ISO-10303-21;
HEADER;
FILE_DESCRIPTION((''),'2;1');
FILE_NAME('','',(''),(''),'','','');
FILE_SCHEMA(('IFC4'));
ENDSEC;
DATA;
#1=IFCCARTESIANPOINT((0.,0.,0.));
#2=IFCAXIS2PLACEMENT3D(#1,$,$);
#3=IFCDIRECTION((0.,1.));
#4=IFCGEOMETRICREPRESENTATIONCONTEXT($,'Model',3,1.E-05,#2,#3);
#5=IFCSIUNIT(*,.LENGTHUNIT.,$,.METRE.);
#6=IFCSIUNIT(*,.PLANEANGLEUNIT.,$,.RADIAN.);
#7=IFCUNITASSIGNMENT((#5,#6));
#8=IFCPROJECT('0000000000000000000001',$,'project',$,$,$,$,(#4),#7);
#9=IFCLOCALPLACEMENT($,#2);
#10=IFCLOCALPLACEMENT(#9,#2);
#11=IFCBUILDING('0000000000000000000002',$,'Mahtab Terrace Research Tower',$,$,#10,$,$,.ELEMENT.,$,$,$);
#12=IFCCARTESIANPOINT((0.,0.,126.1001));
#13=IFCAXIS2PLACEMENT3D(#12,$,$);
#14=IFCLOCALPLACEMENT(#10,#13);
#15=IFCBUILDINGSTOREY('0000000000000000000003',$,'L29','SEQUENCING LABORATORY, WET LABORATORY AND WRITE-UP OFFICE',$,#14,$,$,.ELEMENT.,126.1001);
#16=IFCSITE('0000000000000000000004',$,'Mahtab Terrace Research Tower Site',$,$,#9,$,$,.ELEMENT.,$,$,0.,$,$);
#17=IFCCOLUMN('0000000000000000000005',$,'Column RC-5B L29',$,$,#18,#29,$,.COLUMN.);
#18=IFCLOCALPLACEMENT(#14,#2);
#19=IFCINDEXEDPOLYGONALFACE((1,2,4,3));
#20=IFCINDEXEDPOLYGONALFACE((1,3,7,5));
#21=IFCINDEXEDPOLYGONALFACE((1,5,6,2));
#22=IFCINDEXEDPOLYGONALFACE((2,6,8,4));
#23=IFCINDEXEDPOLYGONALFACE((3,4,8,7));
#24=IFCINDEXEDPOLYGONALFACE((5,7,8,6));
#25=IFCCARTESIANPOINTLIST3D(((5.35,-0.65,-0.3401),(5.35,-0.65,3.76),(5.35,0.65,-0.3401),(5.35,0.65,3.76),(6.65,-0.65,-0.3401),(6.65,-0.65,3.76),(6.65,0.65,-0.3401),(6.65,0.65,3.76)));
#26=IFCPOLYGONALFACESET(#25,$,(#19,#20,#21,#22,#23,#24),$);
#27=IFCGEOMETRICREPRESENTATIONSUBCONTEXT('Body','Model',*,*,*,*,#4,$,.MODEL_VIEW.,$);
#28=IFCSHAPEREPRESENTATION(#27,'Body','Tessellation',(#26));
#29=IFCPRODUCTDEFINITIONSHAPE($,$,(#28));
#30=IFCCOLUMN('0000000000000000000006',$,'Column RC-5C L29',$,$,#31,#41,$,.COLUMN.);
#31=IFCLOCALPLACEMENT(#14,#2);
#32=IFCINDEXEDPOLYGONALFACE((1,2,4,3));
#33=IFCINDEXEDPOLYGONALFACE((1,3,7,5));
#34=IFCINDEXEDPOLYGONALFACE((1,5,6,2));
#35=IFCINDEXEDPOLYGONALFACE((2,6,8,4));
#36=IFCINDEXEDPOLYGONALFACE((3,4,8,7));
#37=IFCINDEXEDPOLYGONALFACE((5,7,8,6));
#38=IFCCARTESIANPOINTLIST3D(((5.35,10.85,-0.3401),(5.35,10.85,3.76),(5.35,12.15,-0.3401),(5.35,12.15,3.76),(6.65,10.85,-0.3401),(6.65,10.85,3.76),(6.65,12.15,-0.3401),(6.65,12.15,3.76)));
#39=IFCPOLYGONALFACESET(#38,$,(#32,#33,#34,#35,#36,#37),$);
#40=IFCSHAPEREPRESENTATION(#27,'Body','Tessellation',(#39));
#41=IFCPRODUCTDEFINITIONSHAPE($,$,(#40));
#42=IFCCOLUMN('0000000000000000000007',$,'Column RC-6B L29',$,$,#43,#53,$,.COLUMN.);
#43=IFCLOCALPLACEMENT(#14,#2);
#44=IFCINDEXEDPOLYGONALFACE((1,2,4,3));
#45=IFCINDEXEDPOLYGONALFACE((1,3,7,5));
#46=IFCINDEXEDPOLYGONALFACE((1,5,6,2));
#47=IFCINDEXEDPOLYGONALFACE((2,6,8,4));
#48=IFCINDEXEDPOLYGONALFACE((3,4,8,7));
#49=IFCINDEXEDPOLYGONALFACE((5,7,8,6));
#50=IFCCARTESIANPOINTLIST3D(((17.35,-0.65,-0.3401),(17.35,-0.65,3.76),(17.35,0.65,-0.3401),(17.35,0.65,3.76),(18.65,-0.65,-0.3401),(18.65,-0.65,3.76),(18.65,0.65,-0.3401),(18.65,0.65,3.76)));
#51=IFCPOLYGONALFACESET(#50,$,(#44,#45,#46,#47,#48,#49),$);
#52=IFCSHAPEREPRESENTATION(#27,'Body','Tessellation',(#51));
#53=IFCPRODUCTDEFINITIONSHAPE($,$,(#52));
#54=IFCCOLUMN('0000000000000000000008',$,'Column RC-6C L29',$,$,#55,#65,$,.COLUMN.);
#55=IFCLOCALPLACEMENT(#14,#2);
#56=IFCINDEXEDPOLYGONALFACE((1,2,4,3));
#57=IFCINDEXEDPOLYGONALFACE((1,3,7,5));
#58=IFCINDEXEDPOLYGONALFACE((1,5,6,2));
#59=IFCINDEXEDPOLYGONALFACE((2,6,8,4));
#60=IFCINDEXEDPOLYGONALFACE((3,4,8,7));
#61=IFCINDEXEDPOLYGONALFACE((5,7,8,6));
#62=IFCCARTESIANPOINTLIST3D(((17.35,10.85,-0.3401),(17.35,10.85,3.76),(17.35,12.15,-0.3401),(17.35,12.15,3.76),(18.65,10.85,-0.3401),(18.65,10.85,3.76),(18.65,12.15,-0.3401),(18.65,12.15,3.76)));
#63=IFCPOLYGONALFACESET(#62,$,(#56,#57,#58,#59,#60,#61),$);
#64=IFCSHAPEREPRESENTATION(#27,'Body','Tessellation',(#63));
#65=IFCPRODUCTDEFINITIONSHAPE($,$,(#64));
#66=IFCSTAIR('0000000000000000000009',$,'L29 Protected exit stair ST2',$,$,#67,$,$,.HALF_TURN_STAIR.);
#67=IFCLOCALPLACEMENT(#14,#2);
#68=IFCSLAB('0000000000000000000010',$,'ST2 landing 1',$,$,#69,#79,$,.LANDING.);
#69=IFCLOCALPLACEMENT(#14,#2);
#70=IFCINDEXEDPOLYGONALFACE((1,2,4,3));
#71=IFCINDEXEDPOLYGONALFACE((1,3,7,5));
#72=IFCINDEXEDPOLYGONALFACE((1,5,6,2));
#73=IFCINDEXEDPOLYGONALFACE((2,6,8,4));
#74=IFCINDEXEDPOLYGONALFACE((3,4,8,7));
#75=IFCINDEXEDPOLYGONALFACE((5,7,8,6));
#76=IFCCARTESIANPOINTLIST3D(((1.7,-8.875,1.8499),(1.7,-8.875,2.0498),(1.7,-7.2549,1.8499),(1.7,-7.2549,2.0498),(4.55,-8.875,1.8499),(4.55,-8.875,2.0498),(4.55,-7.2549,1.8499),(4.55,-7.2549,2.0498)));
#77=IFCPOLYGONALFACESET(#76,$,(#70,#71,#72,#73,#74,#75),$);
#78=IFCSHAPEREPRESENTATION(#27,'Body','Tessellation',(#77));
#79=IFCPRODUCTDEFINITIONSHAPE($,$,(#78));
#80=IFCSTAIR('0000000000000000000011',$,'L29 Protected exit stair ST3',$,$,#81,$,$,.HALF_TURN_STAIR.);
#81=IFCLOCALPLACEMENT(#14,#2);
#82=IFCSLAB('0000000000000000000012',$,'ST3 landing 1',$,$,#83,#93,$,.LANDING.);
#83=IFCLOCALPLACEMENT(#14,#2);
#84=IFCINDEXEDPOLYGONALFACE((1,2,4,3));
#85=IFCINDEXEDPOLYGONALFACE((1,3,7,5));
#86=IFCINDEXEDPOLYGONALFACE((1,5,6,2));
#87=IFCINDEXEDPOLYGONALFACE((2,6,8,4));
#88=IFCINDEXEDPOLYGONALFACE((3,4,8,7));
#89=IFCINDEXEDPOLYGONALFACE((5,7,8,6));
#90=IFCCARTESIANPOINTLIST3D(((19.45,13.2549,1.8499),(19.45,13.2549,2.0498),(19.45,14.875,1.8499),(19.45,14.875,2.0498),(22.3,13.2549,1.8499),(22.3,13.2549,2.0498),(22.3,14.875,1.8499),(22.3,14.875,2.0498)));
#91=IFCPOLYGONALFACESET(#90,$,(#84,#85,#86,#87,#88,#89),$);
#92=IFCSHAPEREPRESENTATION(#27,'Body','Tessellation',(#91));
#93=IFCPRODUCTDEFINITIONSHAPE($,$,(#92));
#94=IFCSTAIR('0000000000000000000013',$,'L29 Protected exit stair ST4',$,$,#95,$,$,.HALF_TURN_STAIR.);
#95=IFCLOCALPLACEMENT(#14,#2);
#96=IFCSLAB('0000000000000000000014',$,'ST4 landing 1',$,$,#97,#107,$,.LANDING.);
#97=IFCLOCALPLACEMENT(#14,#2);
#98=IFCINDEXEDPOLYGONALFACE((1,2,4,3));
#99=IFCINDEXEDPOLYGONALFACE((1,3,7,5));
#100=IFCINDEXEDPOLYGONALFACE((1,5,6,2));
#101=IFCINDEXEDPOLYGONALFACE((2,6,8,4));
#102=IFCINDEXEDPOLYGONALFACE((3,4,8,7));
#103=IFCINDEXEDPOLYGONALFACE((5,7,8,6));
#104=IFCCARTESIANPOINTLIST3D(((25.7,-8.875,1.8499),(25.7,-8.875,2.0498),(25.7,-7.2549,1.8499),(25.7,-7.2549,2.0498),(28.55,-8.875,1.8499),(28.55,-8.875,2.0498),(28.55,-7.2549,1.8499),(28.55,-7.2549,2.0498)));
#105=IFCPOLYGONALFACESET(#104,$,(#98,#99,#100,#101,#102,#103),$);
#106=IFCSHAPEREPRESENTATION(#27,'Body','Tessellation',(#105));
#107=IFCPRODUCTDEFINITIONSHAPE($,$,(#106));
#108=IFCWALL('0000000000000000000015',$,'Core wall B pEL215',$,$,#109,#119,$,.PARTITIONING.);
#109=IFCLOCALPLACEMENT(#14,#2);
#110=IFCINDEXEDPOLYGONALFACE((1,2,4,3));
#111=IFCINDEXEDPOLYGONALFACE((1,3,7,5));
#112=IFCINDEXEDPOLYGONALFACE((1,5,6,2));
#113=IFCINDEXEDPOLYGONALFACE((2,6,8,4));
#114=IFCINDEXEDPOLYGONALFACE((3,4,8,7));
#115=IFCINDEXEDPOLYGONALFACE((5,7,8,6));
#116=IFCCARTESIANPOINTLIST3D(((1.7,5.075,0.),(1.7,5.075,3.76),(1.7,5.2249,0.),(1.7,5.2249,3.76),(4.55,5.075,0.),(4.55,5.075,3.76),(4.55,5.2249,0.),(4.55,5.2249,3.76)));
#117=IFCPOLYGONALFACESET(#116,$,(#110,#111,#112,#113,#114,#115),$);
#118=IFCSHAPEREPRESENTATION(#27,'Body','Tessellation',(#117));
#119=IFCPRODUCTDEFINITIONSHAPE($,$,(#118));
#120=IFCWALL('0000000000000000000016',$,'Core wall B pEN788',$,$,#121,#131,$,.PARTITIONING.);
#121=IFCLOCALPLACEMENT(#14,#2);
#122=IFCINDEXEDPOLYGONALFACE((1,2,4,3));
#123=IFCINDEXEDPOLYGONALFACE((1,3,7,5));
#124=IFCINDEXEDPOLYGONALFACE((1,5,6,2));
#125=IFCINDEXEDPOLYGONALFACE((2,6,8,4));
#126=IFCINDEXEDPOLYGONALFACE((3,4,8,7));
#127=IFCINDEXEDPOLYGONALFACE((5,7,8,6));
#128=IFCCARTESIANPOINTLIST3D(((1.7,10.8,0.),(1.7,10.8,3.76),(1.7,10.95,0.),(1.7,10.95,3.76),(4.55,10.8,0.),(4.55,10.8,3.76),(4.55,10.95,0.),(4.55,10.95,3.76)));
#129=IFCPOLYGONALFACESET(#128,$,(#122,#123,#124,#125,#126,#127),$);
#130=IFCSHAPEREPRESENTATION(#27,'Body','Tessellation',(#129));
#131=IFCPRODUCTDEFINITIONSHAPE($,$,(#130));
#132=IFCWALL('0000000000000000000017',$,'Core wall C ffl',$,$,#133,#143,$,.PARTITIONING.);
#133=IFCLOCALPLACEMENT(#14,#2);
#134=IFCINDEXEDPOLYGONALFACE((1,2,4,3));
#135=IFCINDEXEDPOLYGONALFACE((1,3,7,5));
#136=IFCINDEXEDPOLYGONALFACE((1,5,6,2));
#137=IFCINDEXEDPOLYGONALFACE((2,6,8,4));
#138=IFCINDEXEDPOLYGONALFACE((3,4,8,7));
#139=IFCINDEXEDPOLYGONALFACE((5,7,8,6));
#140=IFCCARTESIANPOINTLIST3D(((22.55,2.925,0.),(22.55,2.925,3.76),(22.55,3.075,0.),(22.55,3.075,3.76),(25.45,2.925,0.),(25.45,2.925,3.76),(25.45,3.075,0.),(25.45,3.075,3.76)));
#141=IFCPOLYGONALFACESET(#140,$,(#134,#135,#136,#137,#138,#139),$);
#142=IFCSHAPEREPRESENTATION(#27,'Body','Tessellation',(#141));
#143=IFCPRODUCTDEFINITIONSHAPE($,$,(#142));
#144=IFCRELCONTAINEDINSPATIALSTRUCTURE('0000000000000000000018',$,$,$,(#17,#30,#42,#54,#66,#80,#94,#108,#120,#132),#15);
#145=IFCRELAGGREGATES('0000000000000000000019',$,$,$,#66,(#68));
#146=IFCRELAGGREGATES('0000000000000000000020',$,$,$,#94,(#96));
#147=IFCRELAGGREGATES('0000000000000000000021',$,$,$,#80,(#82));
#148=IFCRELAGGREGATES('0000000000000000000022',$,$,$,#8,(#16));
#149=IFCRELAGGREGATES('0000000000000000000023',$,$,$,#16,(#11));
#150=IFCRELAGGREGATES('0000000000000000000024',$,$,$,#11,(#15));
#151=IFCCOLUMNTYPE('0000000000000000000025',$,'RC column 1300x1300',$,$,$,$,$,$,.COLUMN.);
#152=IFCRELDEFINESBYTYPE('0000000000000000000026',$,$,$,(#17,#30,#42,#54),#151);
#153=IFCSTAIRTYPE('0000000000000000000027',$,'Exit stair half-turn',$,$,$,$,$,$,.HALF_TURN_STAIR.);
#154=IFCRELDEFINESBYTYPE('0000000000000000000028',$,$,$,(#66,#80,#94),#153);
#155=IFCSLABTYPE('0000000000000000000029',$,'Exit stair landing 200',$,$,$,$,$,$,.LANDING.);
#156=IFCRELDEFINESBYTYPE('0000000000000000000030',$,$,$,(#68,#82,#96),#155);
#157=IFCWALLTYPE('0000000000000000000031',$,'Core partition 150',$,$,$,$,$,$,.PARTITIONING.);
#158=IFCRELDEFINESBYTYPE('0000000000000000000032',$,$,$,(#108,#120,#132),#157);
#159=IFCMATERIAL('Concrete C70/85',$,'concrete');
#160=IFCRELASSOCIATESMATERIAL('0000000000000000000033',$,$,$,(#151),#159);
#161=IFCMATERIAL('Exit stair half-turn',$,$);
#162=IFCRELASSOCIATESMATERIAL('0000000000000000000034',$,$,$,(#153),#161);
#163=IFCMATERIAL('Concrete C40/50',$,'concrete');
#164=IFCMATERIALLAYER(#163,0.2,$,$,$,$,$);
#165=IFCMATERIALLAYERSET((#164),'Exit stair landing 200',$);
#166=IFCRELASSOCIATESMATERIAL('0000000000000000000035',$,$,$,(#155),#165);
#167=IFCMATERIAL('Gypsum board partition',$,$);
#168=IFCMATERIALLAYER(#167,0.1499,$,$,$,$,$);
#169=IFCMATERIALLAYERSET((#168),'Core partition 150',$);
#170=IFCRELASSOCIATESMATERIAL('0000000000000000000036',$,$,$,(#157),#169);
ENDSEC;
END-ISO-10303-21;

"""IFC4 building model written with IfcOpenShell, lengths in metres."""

from ifc_helpers import new_model, si_unit, direction, frame, frame_2d, origin, origin_2d, place, context, subcontext, project, spatial, polyline, rectangle, outline, extrude, material, layer, layer_set, material_profile, profile_set, type_object, element, aggregate, save


model = new_model("IFC4")

# Units and contexts
model_context = context("Model", 3, precision=1e-05, world=origin(), true_north=direction((0.0, 1.0)))
body_context = subcontext(model_context, "Body", "Model", "MODEL_VIEW")
ifc_project = project(units=[si_unit("LENGTHUNIT", "METRE"), si_unit("PLANEANGLEUNIT", "RADIAN")], contexts=[model_context])

# Site, building, storey
site_placement = place(None, origin())
site = spatial("IfcSite", under=ifc_project, at=site_placement, Name="Mahtab Terrace Research Tower Site", CompositionType="ELEMENT", RefElevation=0.0)
building_placement = place(site_placement, origin())
building = spatial("IfcBuilding", under=site, at=building_placement, Name="Mahtab Terrace Research Tower", CompositionType="ELEMENT")
storey_placement = place(building_placement, frame((0.0, 0.0, 126.1001)))
storey = spatial("IfcBuildingStorey", under=building, at=storey_placement, Name="L29", Description="SEQUENCING LABORATORY, WET LABORATORY AND WRITE-UP OFFICE", CompositionType="ELEMENT", Elevation=126.1001)

# Columns
ifc_material_1 = material(Name="Concrete C70/85", Category="concrete")
ifc_material_profile = material_profile(ifc_material_1, rectangle(XDim=1.3, YDim=1.3, at=origin_2d()), Name="RC column 1300x1300")
ifc_profile_set = profile_set([ifc_material_profile], Name="Concrete C70/85")
column_type = type_object("IfcColumnType", Name="RC column 1300x1300", PredefinedType="COLUMN", material=ifc_profile_set)
for number, where, z_axis, x_axis, name in (
    (1, (6.0, 0.0, -0.3401), (0.0, 0.0, 1.0), (1.0, 0.0, 0.0), "Column RC-5B L29"),
    (2, (6.0, 11.5, -0.3401), (0.0, 0.0, 1.0), (1.0, 0.0, 0.0), "Column RC-5C L29"),
    (3, (18.0, 0.0, -0.3401), (0.0, 0.0, 1.0), (1.0, 0.0, 0.0), "Column RC-6B L29"),
    (4, (18.0, 11.5, -0.3401), (0.0, 0.0, 1.0), (1.0, 0.0, 0.0), "Column RC-6C L29"),
):
    element("IfcColumn", number, at=place(storey_placement, frame(where, z_axis=z_axis, x_axis=x_axis)), inside=storey, type_object=column_type, Name=name, PredefinedType="COLUMN", context=body_context, shape_type="SweptSolid", body=[
        extrude(rectangle(XDim=1.3, YDim=1.3, at=origin_2d()), origin(), (0.0, 0.0, 1.0), 4.1001),
    ])

# Stairs, slabs
ifc_material_2 = material(Name="Exit stair half-turn")
stair_type = type_object("IfcStairType", Name="Exit stair half-turn", PredefinedType="HALF_TURN_STAIR", material=ifc_material_2)
stair_1_placement = place(storey_placement, origin())
stair_1 = element("IfcStair", 5, at=stair_1_placement, inside=storey, type_object=stair_type, Name="L29 Protected exit stair ST2", PredefinedType="HALF_TURN_STAIR")
ifc_material_3 = material(Name="Concrete C40/50", Category="concrete")
ifc_layer_1 = layer(ifc_material_3, 0.2)
ifc_layer_set_1 = layer_set([ifc_layer_1], Name="Exit stair landing 200")
slab_type = type_object("IfcSlabType", Name="Exit stair landing 200", PredefinedType="LANDING", material=ifc_layer_set_1)
slab_1_placement = place(storey_placement, frame((0.0, 0.0, 1.8499)))
slab_1 = element("IfcSlab", 6, at=slab_1_placement, type_object=slab_type, Name="ST2 landing 1", PredefinedType="LANDING", context=body_context, shape_type="SweptSolid", body=[
    extrude(outline(polyline([(1.7, -7.2549), (1.7, -8.875), (4.55, -8.875), (4.55, -7.2549), (1.7, -7.2549)])), origin(), (0.0, 0.0, 1.0), 0.2),
])
aggregate(stair_1, [slab_1])
stair_2_placement = place(storey_placement, origin())
stair_2 = element("IfcStair", 7, at=stair_2_placement, inside=storey, type_object=stair_type, Name="L29 Protected exit stair ST3", PredefinedType="HALF_TURN_STAIR")
slab_2_placement = place(storey_placement, frame((0.0, 0.0, 1.8499)))
slab_2 = element("IfcSlab", 8, at=slab_2_placement, type_object=slab_type, Name="ST3 landing 1", PredefinedType="LANDING", context=body_context, shape_type="SweptSolid", body=[
    extrude(outline(polyline([(22.3, 13.2549), (22.3, 14.875), (19.45, 14.875), (19.45, 13.2549), (22.3, 13.2549)])), origin(), (0.0, 0.0, 1.0), 0.2),
])
stair_3_placement = place(storey_placement, origin())
stair_3 = element("IfcStair", 9, at=stair_3_placement, inside=storey, type_object=stair_type, Name="L29 Protected exit stair ST4", PredefinedType="HALF_TURN_STAIR")
slab_3_placement = place(storey_placement, frame((0.0, 0.0, 1.8499)))
slab_3 = element("IfcSlab", 10, at=slab_3_placement, type_object=slab_type, Name="ST4 landing 1", PredefinedType="LANDING", context=body_context, shape_type="SweptSolid", body=[
    extrude(outline(polyline([(25.7, -7.2549), (25.7, -8.875), (28.55, -8.875), (28.55, -7.2549), (25.7, -7.2549)])), origin(), (0.0, 0.0, 1.0), 0.2),
])
aggregate(stair_3, [slab_3])

# Walls
ifc_material_4 = material(Name="Gypsum board partition")
ifc_layer_2 = layer(ifc_material_4, 0.1499)
ifc_layer_set_2 = layer_set([ifc_layer_2], Name="Core partition 150")
wall_type_1 = type_object("IfcWallType", Name="Core partition 150", PredefinedType="PARTITIONING", material=ifc_layer_set_2)
for number, where, z_axis, x_axis, name in (
    (11, (1.7, 5.1499, 0.0), (0.0, 0.0, 1.0), (1.0, 0.0, 0.0), "Core wall B pEL215"),
    (12, (1.7, 10.875, 0.0), (0.0, 0.0, 1.0), (1.0, 0.0, 0.0), "Core wall B pEN788"),
):
    element("IfcWall", number, at=place(storey_placement, frame(where, z_axis=z_axis, x_axis=x_axis)), inside=storey, type_object=wall_type_1, Name=name, PredefinedType="PARTITIONING", context=body_context, shape_type="SweptSolid", body=[
        extrude(rectangle(XDim=2.8501, YDim=0.1499, at=frame_2d((1.425, 0.0))), origin(), (0.0, 0.0, 1.0), 3.76),
    ])
wall_1_placement = place(storey_placement, frame((22.55, 3.0, 0.0), z_axis=(0.0, 0.0, 1.0), x_axis=(1.0, 0.0, 0.0)))
element("IfcWall", 13, at=wall_1_placement, inside=storey, type_object=wall_type_1, Name="Core wall C ffl", PredefinedType="PARTITIONING", context=body_context, shape_type="SweptSolid", body=[
    extrude(rectangle(XDim=2.8999, YDim=0.1499, at=frame_2d((1.45, 0.0))), origin(), (0.0, 0.0, 1.0), 3.76),
])

aggregate(stair_2, [slab_2])

save(model, "model.ifc")
